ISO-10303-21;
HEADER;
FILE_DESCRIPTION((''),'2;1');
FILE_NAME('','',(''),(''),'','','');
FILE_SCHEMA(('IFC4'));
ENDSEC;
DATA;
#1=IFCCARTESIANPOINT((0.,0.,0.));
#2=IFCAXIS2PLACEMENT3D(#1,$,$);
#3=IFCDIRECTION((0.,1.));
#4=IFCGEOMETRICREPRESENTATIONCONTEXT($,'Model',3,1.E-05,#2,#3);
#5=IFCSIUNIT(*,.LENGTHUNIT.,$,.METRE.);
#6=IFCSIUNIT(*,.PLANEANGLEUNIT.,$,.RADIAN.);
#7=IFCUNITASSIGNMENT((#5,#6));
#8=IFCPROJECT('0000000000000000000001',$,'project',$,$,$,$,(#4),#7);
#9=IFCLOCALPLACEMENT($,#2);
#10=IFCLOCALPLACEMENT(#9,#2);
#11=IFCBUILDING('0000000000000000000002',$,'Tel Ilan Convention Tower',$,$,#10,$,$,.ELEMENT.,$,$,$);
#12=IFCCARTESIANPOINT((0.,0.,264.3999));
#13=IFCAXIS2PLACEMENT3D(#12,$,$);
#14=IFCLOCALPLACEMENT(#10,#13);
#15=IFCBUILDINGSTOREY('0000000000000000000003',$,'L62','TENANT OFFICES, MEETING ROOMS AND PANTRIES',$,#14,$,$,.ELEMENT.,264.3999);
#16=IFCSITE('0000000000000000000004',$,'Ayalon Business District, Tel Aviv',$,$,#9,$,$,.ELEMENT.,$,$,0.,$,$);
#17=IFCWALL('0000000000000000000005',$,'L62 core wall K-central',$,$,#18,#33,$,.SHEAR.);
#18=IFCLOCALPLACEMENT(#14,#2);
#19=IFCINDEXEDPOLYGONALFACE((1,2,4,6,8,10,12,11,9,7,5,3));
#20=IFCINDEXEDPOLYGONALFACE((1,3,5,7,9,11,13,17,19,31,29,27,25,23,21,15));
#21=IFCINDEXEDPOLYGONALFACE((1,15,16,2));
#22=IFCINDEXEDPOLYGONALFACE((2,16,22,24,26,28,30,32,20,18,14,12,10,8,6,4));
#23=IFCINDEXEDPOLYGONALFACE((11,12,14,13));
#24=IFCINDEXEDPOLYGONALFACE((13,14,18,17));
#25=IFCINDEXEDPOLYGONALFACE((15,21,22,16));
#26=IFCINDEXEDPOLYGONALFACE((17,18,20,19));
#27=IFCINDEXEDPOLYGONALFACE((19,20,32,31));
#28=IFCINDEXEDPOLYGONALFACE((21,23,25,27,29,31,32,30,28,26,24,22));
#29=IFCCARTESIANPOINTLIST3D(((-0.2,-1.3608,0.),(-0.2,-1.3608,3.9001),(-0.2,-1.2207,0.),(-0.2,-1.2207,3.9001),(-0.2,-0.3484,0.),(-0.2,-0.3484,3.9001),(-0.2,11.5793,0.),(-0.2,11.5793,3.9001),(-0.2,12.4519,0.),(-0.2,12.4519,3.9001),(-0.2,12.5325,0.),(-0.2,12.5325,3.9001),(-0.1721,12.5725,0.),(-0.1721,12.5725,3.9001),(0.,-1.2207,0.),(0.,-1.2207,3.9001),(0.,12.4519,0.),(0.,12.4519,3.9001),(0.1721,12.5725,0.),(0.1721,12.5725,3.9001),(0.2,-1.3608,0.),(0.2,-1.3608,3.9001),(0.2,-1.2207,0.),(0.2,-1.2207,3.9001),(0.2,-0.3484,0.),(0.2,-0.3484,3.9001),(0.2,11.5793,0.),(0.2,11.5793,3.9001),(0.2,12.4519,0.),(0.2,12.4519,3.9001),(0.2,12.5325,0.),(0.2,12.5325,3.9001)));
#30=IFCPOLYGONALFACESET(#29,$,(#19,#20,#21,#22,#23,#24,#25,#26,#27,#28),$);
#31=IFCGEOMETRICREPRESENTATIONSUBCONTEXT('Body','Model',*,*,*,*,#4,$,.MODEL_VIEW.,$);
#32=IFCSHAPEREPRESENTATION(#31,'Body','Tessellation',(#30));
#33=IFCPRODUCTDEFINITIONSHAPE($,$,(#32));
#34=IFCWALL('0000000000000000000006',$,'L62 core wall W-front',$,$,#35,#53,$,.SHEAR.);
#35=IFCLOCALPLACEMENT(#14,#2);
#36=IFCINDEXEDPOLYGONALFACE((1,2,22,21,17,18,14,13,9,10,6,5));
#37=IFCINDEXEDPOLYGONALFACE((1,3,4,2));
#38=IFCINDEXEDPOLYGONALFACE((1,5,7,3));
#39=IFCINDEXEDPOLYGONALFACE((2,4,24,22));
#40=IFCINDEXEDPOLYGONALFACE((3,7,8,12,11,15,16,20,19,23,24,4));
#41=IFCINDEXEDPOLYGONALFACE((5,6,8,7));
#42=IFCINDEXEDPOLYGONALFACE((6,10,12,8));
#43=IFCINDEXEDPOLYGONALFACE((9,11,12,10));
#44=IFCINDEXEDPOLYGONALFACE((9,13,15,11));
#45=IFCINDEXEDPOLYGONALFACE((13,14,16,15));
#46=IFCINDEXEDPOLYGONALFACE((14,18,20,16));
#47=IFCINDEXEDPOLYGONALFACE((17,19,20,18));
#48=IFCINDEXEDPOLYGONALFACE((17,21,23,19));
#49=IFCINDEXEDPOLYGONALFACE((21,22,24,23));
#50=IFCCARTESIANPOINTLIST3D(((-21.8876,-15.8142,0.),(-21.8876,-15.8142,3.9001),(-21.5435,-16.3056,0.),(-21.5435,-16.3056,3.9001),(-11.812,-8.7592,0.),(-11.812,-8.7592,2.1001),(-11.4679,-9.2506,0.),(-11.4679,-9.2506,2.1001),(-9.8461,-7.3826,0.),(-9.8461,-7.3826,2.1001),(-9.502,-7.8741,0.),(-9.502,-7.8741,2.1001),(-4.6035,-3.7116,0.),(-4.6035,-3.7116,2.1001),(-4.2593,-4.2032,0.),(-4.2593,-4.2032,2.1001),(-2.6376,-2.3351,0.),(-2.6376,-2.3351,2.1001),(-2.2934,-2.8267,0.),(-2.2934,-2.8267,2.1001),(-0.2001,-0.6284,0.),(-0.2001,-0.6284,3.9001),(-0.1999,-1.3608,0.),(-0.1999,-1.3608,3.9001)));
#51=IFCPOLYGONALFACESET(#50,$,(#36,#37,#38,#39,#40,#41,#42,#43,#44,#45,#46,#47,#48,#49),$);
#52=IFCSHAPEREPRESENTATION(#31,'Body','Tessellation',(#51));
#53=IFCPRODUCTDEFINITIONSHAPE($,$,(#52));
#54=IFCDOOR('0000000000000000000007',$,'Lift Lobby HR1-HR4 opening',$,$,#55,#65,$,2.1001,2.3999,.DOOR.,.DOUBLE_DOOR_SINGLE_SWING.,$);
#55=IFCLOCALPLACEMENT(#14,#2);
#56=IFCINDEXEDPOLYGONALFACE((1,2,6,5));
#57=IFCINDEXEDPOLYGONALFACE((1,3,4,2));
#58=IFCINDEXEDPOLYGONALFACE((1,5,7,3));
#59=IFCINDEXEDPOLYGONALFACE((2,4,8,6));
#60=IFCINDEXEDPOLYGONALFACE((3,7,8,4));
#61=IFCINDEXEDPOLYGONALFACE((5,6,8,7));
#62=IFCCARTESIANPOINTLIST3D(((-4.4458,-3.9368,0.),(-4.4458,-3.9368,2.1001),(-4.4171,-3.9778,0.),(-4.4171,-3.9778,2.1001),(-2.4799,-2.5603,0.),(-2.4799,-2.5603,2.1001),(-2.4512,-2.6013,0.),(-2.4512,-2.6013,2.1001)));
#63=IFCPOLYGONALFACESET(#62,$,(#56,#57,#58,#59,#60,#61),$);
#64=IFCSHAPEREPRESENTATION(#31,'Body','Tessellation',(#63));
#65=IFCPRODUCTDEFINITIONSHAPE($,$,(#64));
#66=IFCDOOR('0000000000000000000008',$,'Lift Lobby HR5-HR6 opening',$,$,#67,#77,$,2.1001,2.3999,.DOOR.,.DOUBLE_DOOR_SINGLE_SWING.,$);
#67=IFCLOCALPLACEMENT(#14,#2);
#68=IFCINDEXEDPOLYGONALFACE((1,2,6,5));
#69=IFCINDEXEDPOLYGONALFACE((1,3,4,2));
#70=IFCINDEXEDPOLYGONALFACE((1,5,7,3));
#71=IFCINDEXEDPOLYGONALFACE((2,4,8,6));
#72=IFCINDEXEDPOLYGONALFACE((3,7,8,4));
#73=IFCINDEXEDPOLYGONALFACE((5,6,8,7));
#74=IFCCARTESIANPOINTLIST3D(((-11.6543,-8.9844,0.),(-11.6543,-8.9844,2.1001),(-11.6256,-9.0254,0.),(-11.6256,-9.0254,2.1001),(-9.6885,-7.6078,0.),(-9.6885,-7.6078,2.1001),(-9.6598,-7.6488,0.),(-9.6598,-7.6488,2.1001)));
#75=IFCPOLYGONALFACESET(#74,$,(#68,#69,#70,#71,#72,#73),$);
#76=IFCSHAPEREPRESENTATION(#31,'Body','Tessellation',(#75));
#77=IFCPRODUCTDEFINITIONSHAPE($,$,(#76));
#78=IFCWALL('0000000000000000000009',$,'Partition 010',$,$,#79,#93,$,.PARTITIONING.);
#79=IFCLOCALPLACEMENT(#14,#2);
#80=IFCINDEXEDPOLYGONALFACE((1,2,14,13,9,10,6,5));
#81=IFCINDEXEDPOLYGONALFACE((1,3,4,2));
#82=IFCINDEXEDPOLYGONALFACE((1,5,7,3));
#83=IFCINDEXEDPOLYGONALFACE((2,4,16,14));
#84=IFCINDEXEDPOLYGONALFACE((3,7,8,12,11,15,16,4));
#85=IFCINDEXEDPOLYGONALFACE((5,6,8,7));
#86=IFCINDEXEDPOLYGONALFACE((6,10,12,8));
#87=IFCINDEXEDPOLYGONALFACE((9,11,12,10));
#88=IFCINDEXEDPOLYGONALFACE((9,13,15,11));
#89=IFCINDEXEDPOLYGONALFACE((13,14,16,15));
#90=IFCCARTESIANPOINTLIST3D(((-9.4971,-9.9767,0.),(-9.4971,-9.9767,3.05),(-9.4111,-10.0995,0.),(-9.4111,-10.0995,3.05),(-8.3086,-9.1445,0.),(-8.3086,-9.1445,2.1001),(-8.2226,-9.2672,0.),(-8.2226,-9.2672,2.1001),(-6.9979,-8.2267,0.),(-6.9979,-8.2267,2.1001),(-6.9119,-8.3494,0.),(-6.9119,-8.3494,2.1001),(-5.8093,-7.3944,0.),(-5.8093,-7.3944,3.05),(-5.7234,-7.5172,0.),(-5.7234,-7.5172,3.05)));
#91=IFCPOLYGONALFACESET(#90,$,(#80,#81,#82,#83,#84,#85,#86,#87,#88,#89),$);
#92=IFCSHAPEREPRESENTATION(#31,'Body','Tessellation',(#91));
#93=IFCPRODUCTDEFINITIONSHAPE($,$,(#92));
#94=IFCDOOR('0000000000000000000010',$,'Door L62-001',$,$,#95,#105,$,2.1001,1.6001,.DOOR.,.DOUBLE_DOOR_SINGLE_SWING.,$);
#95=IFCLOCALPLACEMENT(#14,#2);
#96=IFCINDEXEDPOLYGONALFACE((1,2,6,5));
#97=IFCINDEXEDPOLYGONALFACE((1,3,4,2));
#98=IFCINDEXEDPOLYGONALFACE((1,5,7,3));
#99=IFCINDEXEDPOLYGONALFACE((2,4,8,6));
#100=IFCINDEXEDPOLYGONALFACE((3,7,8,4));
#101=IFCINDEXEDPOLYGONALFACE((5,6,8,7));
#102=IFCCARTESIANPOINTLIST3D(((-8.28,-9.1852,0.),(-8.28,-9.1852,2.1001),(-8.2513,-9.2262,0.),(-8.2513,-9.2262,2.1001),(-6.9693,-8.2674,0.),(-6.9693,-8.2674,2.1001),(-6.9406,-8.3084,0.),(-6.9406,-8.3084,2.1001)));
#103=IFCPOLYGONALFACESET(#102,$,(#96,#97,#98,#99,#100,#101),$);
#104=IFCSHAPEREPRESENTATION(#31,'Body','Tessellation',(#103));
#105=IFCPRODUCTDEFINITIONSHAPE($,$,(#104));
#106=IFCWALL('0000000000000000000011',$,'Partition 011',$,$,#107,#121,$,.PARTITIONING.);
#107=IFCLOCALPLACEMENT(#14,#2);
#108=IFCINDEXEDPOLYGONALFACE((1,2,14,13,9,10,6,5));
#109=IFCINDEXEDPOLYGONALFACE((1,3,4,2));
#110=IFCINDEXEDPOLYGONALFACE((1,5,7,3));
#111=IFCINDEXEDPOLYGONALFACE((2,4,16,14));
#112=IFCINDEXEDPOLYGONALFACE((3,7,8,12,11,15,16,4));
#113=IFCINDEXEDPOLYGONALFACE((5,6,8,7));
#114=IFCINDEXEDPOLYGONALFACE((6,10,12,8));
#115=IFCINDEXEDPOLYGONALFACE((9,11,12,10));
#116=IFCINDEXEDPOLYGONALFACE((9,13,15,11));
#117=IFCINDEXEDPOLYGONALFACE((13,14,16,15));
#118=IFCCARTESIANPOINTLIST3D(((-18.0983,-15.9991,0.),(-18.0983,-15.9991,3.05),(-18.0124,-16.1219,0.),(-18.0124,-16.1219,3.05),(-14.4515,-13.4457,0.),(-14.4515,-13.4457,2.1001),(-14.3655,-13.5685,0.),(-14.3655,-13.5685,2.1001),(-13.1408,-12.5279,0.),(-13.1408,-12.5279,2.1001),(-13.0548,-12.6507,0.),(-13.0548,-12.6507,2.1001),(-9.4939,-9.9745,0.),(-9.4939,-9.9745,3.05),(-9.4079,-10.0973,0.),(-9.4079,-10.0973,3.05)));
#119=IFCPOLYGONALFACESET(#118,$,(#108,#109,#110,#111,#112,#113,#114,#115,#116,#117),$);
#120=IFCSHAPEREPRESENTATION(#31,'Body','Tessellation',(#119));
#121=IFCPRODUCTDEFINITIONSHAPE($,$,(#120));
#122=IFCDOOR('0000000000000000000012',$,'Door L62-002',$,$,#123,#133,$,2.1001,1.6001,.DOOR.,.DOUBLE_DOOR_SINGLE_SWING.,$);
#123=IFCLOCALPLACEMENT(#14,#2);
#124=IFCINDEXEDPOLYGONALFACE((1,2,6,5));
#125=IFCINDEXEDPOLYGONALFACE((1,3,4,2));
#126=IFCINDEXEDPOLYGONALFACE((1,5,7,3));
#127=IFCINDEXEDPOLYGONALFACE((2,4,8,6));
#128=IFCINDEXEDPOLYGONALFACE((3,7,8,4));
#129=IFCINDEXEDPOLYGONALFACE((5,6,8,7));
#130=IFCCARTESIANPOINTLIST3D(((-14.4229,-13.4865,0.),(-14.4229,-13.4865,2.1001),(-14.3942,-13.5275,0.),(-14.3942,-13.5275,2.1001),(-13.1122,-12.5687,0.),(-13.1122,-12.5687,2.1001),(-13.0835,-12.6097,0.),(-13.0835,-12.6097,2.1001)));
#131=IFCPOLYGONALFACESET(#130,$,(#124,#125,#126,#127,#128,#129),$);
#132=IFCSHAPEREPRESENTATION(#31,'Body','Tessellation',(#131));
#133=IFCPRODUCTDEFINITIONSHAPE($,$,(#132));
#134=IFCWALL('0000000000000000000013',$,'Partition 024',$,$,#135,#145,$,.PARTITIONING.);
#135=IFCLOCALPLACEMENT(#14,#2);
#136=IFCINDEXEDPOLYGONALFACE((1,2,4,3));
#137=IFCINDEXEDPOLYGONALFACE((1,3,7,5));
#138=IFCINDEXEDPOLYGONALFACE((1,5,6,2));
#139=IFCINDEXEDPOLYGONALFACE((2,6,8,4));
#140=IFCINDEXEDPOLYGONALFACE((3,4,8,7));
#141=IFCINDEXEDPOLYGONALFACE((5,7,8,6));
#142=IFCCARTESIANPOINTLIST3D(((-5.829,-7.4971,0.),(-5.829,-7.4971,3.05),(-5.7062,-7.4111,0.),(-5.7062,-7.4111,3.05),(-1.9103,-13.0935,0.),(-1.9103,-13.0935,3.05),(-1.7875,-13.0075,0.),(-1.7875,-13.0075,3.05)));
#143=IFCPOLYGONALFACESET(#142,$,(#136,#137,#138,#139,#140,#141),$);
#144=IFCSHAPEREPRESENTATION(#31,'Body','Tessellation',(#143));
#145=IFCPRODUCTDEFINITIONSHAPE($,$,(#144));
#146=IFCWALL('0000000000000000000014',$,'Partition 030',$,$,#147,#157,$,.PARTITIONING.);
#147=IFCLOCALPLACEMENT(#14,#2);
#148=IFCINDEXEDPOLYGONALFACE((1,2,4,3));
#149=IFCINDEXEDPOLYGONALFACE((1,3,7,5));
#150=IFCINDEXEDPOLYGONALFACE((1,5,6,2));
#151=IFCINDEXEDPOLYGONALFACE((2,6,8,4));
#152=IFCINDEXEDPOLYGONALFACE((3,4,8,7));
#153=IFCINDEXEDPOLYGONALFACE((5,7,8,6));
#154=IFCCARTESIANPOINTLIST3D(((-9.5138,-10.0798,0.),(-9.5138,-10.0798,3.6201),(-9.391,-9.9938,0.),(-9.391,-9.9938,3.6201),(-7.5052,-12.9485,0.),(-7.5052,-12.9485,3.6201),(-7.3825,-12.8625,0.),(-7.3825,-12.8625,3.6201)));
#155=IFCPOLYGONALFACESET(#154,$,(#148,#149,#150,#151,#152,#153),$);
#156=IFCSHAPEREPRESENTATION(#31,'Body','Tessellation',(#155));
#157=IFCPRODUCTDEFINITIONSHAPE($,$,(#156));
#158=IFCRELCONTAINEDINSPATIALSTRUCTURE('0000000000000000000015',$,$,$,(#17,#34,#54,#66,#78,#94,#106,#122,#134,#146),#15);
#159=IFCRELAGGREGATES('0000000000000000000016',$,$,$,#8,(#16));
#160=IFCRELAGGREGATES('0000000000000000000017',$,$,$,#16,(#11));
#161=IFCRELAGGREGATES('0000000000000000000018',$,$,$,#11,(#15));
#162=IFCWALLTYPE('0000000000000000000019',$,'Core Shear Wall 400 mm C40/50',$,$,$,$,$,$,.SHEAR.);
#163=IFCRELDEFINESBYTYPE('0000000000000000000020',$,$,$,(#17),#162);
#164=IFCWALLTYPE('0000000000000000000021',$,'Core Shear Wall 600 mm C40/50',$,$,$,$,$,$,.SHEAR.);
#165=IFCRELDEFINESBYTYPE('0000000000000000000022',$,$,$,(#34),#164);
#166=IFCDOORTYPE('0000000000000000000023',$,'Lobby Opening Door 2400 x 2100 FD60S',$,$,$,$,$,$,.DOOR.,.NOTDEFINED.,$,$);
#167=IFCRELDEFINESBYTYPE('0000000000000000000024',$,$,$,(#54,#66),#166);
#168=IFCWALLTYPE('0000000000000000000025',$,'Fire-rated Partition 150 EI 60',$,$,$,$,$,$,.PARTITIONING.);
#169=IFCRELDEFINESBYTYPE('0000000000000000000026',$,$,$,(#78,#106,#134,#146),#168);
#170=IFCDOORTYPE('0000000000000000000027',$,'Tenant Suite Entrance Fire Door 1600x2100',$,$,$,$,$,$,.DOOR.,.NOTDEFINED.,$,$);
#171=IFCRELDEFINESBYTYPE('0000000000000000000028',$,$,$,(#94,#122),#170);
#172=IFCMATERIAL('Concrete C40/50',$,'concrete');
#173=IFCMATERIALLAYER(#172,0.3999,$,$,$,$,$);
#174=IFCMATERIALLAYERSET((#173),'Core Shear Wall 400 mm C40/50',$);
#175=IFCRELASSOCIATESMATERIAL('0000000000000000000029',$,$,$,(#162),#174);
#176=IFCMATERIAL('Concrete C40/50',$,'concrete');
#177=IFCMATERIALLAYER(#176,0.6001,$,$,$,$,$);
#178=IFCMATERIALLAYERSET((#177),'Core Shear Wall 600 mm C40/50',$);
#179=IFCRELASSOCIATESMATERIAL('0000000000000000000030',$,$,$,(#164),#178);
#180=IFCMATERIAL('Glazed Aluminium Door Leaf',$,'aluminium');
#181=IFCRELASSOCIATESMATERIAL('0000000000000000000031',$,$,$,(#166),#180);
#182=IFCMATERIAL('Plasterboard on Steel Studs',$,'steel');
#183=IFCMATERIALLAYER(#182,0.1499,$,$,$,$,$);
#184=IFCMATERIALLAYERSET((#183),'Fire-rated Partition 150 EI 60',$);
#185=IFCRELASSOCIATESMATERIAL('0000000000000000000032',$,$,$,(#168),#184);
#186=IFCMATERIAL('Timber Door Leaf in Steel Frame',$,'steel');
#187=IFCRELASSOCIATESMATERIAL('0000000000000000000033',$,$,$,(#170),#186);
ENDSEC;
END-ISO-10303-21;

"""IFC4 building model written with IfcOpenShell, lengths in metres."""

from ifc_helpers import new_model, si_unit, direction, frame, frame_2d, origin, place, context, subcontext, project, spatial, polyline, rectangle, outline, extrude, material, layer, layer_set, type_object, element, fill, save


model = new_model("IFC4")

# Units and contexts
model_context = context("Model", 3, precision=1e-05, world=origin(), true_north=direction((0.0, 1.0)))
body_context = subcontext(model_context, "Body", "Model", "MODEL_VIEW")
ifc_project = project(units=[si_unit("LENGTHUNIT", "METRE"), si_unit("PLANEANGLEUNIT", "RADIAN")], contexts=[model_context])

# Site, building, storey
site_placement = place(None, origin())
site = spatial("IfcSite", under=ifc_project, at=site_placement, Name="Ayalon Business District, Tel Aviv", CompositionType="ELEMENT", RefElevation=0.0)
building_placement = place(site_placement, origin())
building = spatial("IfcBuilding", under=site, at=building_placement, Name="Tel Ilan Convention Tower", CompositionType="ELEMENT")
storey_placement = place(building_placement, frame((0.0, 0.0, 264.3999)))
storey = spatial("IfcBuildingStorey", under=building, at=storey_placement, Name="L62", Description="TENANT OFFICES, MEETING ROOMS AND PANTRIES", CompositionType="ELEMENT", Elevation=264.3999)

# Wall
ifc_material_1 = material(Name="Concrete C40/50", Category="concrete")
ifc_layer_1 = layer(ifc_material_1, 0.3999)
ifc_layer_set_1 = layer_set([ifc_layer_1], Name="Core Shear Wall 400 mm C40/50")
wall_type_1 = type_object("IfcWallType", Name="Core Shear Wall 400 mm C40/50", PredefinedType="SHEAR", material=ifc_layer_set_1)
wall_1_placement = place(storey_placement, frame((0.0, -1.3608, 0.0), z_axis=(0.0, 0.0, 1.0), x_axis=(0.0, 1.0, 0.0)))
element("IfcWall", 1, at=wall_1_placement, inside=storey, type_object=wall_type_1, Name="L62 core wall K-central", PredefinedType="SHEAR", context=body_context, shape_type="SweptSolid", body=[
    extrude(outline(polyline([(0.1401, 0.2), (0.0, 0.2), (0.1401, 0.0), (0.0, -0.2), (0.1401, -0.2), (1.0125, -0.2), (12.9402, -0.2), (13.8127, -0.2), (13.8933, -0.2), (13.9333, -0.1721), (13.8127, 0.0), (13.9333, 0.1721), (13.8933, 0.2), (13.8127, 0.2), (12.9402, 0.2), (1.0125, 0.2), (0.1401, 0.2)])), origin(), (0.0, 0.0, 1.0), 3.9001),
])

# Wall, openings, doors
ifc_material_2 = material(Name="Concrete C40/50", Category="concrete")
ifc_layer_2 = layer(ifc_material_2, 0.6001)
ifc_layer_set_2 = layer_set([ifc_layer_2], Name="Core Shear Wall 600 mm C40/50")
wall_type_2 = type_object("IfcWallType", Name="Core Shear Wall 600 mm C40/50", PredefinedType="SHEAR", material=ifc_layer_set_2)
wall_2_placement = place(storey_placement, frame((-0.0278, -0.874, 0.0), z_axis=(0.0, 0.0, 1.0), x_axis=(-0.81915, -0.573579, 0.0)))
wall_2 = element("IfcWall", 2, at=wall_2_placement, inside=storey, type_object=wall_type_2, Name="L62 core wall W-front", PredefinedType="SHEAR", context=body_context, shape_type="SweptSolid", body=[
    extrude(outline(polyline([(26.4758, 0.2998), (0.4202, 0.3), (0.0002, -0.3), (26.4758, -0.3), (26.4758, 0.2998)])), origin(), (0.0, 0.0, 1.0), 3.9001),
])
opening_1_placement = place(wall_2_placement, frame((2.9758, 0.0, 0.0)))
opening_1 = element("IfcOpeningElement", 3, at=opening_1_placement, cuts=wall_2, PredefinedType="OPENING", context=body_context, shape_type="SweptSolid", body=[
    extrude(rectangle(XDim=2.3999, YDim=2.1001, at=frame_2d((1.2, 1.05))), frame((0.0, 0.3101, 0.0), z_axis=(0.0, -1.0, 0.0), x_axis=(1.0, 0.0, 0.0)), (0.0, 0.0, 1.0), 0.6201),
])
opening_2_placement = place(wall_2_placement, frame((11.7759, 0.0, 0.0)))
opening_2 = element("IfcOpeningElement", 4, at=opening_2_placement, cuts=wall_2, PredefinedType="OPENING", context=body_context, shape_type="SweptSolid", body=[
    extrude(rectangle(XDim=2.3999, YDim=2.1001, at=frame_2d((1.2, 1.05))), frame((0.0, 0.3101, 0.0), z_axis=(0.0, -1.0, 0.0), x_axis=(1.0, 0.0, 0.0)), (0.0, 0.0, 1.0), 0.6201),
])
ifc_material_3 = material(Name="Glazed Aluminium Door Leaf", Category="aluminium")
door_type_1 = type_object("IfcDoorType", Name="Lobby Opening Door 2400 x 2100 FD60S", OperationType="NOTDEFINED", PredefinedType="DOOR", material=ifc_material_3)
door_1_placement = place(opening_1_placement, origin())
door_1 = element("IfcDoor", 5, at=door_1_placement, inside=storey, type_object=door_type_1, Name="Lift Lobby HR1-HR4 opening", OperationType="DOUBLE_DOOR_SINGLE_SWING", OverallHeight=2.1001, OverallWidth=2.3999, PredefinedType="DOOR", context=body_context, shape_type="SweptSolid", body=[
    extrude(rectangle(XDim=2.3999, YDim=2.1001, at=frame_2d((1.2, 1.05))), frame((0.0, 0.0249, 0.0), z_axis=(0.0, -1.0, 0.0), x_axis=(1.0, 0.0, 0.0)), (0.0, 0.0, 1.0), 0.05),
])
fill(opening_1, door_1)
door_2_placement = place(opening_2_placement, origin())
door_2 = element("IfcDoor", 6, at=door_2_placement, inside=storey, type_object=door_type_1, Name="Lift Lobby HR5-HR6 opening", OperationType="DOUBLE_DOOR_SINGLE_SWING", OverallHeight=2.1001, OverallWidth=2.3999, PredefinedType="DOOR", context=body_context, shape_type="SweptSolid", body=[
    extrude(rectangle(XDim=2.3999, YDim=2.1001, at=frame_2d((1.2, 1.05))), frame((0.0, 0.0249, 0.0), z_axis=(0.0, -1.0, 0.0), x_axis=(1.0, 0.0, 0.0)), (0.0, 0.0, 1.0), 0.05),
])
fill(opening_2, door_2)

# Walls, openings, doors
ifc_material_4 = material(Name="Plasterboard on Steel Studs", Category="steel")
ifc_layer_3 = layer(ifc_material_4, 0.1499)
ifc_layer_set_3 = layer_set([ifc_layer_3], Name="Fire-rated Partition 150 EI 60")
wall_type_3 = type_object("IfcWallType", Name="Fire-rated Partition 150 EI 60", PredefinedType="PARTITIONING", material=ifc_layer_set_3)
wall_3_placement = place(storey_placement, frame((-5.7664, -7.4558, 0.0), z_axis=(0.0, 0.0, 1.0), x_axis=(-0.819143, -0.57359, 0.0)))
wall_3 = element("IfcWall", 7, at=wall_3_placement, inside=storey, type_object=wall_type_3, Name="Partition 010", PredefinedType="PARTITIONING", context=body_context, shape_type="SweptSolid", body=[
    extrude(rectangle(XDim=4.502, YDim=0.1499, at=frame_2d((2.251, 0.0))), origin(), (0.0, 0.0, 1.0), 3.05),
])
opening_3_placement = place(wall_3_placement, frame((1.4509, 0.0, 0.0)))
opening_3 = element("IfcOpeningElement", 8, at=opening_3_placement, cuts=wall_3, PredefinedType="OPENING", context=body_context, shape_type="SweptSolid", body=[
    extrude(rectangle(XDim=1.6001, YDim=2.1001, at=frame_2d((0.8, 1.05))), frame((0.0, 0.085, 0.0), z_axis=(0.0, -1.0, 0.0), x_axis=(1.0, 0.0, 0.0)), (0.0, 0.0, 1.0), 0.1699),
])
ifc_material_5 = material(Name="Timber Door Leaf in Steel Frame", Category="steel")
door_type_2 = type_object("IfcDoorType", Name="Tenant Suite Entrance Fire Door 1600x2100", OperationType="NOTDEFINED", PredefinedType="DOOR", material=ifc_material_5)
door_3_placement = place(opening_3_placement, origin())
door_3 = element("IfcDoor", 9, at=door_3_placement, inside=storey, type_object=door_type_2, Name="Door L62-001", OperationType="DOUBLE_DOOR_SINGLE_SWING", OverallHeight=2.1001, OverallWidth=1.6001, PredefinedType="DOOR", context=body_context, shape_type="SweptSolid", body=[
    extrude(rectangle(XDim=1.6001, YDim=2.1001, at=frame_2d((0.8, 1.05))), frame((0.0, 0.0249, 0.0), z_axis=(0.0, -1.0, 0.0), x_axis=(1.0, 0.0, 0.0)), (0.0, 0.0, 1.0), 0.05),
])
fill(opening_3, door_3)
wall_4_placement = place(storey_placement, frame((-9.4509, -10.0359, 0.0), z_axis=(0.0, 0.0, 1.0), x_axis=(-0.819164, -0.573559, 0.0)))
wall_4 = element("IfcWall", 10, at=wall_4_placement, inside=storey, type_object=wall_type_3, Name="Partition 011", PredefinedType="PARTITIONING", context=body_context, shape_type="SweptSolid", body=[
    extrude(rectangle(XDim=10.5039, YDim=0.1499, at=frame_2d((5.252, 0.0))), origin(), (0.0, 0.0, 1.0), 3.05),
])
opening_4_placement = place(wall_4_placement, frame((4.4519, 0.0, 0.0)))
opening_4 = element("IfcOpeningElement", 11, at=opening_4_placement, cuts=wall_4, PredefinedType="OPENING", context=body_context, shape_type="SweptSolid", body=[
    extrude(rectangle(XDim=1.6001, YDim=2.1001, at=frame_2d((0.8, 1.05))), frame((0.0, 0.085, 0.0), z_axis=(0.0, -1.0, 0.0), x_axis=(1.0, 0.0, 0.0)), (0.0, 0.0, 1.0), 0.1699),
])
door_4_placement = place(opening_4_placement, origin())
door_4 = element("IfcDoor", 12, at=door_4_placement, inside=storey, type_object=door_type_2, Name="Door L62-002", OperationType="DOUBLE_DOOR_SINGLE_SWING", OverallHeight=2.1001, OverallWidth=1.6001, PredefinedType="DOOR", context=body_context, shape_type="SweptSolid", body=[
    extrude(rectangle(XDim=1.6001, YDim=2.1001, at=frame_2d((0.8, 1.05))), frame((0.0, 0.0249, 0.0), z_axis=(0.0, -1.0, 0.0), x_axis=(1.0, 0.0, 0.0)), (0.0, 0.0, 1.0), 0.05),
])
fill(opening_4, door_4)

# Walls
wall_5_placement = place(storey_placement, frame((-1.8489, -13.0505, 0.0), z_axis=(0.0, 0.0, 1.0), x_axis=(-0.57358, 0.81915, 0.0)))
element("IfcWall", 13, at=wall_5_placement, inside=storey, type_object=wall_type_3, Name="Partition 024", PredefinedType="PARTITIONING", context=body_context, shape_type="SweptSolid", body=[
    extrude(rectangle(XDim=6.832, YDim=0.1499, at=frame_2d((3.416, 0.0))), origin(), (0.0, 0.0, 1.0), 3.05),
])
wall_6_placement = place(storey_placement, frame((-7.4438, -12.9055, 0.0), z_axis=(0.0, 0.0, 1.0), x_axis=(-0.573556, 0.819166, 0.0)))
element("IfcWall", 14, at=wall_6_placement, inside=storey, type_object=wall_type_3, Name="Partition 030", PredefinedType="PARTITIONING", context=body_context, shape_type="SweptSolid", body=[
    extrude(rectangle(XDim=3.502, YDim=0.1499, at=frame_2d((1.751, 0.0))), origin(), (0.0, 0.0, 1.0), 3.6201),
])

save(model, "model.ifc")
